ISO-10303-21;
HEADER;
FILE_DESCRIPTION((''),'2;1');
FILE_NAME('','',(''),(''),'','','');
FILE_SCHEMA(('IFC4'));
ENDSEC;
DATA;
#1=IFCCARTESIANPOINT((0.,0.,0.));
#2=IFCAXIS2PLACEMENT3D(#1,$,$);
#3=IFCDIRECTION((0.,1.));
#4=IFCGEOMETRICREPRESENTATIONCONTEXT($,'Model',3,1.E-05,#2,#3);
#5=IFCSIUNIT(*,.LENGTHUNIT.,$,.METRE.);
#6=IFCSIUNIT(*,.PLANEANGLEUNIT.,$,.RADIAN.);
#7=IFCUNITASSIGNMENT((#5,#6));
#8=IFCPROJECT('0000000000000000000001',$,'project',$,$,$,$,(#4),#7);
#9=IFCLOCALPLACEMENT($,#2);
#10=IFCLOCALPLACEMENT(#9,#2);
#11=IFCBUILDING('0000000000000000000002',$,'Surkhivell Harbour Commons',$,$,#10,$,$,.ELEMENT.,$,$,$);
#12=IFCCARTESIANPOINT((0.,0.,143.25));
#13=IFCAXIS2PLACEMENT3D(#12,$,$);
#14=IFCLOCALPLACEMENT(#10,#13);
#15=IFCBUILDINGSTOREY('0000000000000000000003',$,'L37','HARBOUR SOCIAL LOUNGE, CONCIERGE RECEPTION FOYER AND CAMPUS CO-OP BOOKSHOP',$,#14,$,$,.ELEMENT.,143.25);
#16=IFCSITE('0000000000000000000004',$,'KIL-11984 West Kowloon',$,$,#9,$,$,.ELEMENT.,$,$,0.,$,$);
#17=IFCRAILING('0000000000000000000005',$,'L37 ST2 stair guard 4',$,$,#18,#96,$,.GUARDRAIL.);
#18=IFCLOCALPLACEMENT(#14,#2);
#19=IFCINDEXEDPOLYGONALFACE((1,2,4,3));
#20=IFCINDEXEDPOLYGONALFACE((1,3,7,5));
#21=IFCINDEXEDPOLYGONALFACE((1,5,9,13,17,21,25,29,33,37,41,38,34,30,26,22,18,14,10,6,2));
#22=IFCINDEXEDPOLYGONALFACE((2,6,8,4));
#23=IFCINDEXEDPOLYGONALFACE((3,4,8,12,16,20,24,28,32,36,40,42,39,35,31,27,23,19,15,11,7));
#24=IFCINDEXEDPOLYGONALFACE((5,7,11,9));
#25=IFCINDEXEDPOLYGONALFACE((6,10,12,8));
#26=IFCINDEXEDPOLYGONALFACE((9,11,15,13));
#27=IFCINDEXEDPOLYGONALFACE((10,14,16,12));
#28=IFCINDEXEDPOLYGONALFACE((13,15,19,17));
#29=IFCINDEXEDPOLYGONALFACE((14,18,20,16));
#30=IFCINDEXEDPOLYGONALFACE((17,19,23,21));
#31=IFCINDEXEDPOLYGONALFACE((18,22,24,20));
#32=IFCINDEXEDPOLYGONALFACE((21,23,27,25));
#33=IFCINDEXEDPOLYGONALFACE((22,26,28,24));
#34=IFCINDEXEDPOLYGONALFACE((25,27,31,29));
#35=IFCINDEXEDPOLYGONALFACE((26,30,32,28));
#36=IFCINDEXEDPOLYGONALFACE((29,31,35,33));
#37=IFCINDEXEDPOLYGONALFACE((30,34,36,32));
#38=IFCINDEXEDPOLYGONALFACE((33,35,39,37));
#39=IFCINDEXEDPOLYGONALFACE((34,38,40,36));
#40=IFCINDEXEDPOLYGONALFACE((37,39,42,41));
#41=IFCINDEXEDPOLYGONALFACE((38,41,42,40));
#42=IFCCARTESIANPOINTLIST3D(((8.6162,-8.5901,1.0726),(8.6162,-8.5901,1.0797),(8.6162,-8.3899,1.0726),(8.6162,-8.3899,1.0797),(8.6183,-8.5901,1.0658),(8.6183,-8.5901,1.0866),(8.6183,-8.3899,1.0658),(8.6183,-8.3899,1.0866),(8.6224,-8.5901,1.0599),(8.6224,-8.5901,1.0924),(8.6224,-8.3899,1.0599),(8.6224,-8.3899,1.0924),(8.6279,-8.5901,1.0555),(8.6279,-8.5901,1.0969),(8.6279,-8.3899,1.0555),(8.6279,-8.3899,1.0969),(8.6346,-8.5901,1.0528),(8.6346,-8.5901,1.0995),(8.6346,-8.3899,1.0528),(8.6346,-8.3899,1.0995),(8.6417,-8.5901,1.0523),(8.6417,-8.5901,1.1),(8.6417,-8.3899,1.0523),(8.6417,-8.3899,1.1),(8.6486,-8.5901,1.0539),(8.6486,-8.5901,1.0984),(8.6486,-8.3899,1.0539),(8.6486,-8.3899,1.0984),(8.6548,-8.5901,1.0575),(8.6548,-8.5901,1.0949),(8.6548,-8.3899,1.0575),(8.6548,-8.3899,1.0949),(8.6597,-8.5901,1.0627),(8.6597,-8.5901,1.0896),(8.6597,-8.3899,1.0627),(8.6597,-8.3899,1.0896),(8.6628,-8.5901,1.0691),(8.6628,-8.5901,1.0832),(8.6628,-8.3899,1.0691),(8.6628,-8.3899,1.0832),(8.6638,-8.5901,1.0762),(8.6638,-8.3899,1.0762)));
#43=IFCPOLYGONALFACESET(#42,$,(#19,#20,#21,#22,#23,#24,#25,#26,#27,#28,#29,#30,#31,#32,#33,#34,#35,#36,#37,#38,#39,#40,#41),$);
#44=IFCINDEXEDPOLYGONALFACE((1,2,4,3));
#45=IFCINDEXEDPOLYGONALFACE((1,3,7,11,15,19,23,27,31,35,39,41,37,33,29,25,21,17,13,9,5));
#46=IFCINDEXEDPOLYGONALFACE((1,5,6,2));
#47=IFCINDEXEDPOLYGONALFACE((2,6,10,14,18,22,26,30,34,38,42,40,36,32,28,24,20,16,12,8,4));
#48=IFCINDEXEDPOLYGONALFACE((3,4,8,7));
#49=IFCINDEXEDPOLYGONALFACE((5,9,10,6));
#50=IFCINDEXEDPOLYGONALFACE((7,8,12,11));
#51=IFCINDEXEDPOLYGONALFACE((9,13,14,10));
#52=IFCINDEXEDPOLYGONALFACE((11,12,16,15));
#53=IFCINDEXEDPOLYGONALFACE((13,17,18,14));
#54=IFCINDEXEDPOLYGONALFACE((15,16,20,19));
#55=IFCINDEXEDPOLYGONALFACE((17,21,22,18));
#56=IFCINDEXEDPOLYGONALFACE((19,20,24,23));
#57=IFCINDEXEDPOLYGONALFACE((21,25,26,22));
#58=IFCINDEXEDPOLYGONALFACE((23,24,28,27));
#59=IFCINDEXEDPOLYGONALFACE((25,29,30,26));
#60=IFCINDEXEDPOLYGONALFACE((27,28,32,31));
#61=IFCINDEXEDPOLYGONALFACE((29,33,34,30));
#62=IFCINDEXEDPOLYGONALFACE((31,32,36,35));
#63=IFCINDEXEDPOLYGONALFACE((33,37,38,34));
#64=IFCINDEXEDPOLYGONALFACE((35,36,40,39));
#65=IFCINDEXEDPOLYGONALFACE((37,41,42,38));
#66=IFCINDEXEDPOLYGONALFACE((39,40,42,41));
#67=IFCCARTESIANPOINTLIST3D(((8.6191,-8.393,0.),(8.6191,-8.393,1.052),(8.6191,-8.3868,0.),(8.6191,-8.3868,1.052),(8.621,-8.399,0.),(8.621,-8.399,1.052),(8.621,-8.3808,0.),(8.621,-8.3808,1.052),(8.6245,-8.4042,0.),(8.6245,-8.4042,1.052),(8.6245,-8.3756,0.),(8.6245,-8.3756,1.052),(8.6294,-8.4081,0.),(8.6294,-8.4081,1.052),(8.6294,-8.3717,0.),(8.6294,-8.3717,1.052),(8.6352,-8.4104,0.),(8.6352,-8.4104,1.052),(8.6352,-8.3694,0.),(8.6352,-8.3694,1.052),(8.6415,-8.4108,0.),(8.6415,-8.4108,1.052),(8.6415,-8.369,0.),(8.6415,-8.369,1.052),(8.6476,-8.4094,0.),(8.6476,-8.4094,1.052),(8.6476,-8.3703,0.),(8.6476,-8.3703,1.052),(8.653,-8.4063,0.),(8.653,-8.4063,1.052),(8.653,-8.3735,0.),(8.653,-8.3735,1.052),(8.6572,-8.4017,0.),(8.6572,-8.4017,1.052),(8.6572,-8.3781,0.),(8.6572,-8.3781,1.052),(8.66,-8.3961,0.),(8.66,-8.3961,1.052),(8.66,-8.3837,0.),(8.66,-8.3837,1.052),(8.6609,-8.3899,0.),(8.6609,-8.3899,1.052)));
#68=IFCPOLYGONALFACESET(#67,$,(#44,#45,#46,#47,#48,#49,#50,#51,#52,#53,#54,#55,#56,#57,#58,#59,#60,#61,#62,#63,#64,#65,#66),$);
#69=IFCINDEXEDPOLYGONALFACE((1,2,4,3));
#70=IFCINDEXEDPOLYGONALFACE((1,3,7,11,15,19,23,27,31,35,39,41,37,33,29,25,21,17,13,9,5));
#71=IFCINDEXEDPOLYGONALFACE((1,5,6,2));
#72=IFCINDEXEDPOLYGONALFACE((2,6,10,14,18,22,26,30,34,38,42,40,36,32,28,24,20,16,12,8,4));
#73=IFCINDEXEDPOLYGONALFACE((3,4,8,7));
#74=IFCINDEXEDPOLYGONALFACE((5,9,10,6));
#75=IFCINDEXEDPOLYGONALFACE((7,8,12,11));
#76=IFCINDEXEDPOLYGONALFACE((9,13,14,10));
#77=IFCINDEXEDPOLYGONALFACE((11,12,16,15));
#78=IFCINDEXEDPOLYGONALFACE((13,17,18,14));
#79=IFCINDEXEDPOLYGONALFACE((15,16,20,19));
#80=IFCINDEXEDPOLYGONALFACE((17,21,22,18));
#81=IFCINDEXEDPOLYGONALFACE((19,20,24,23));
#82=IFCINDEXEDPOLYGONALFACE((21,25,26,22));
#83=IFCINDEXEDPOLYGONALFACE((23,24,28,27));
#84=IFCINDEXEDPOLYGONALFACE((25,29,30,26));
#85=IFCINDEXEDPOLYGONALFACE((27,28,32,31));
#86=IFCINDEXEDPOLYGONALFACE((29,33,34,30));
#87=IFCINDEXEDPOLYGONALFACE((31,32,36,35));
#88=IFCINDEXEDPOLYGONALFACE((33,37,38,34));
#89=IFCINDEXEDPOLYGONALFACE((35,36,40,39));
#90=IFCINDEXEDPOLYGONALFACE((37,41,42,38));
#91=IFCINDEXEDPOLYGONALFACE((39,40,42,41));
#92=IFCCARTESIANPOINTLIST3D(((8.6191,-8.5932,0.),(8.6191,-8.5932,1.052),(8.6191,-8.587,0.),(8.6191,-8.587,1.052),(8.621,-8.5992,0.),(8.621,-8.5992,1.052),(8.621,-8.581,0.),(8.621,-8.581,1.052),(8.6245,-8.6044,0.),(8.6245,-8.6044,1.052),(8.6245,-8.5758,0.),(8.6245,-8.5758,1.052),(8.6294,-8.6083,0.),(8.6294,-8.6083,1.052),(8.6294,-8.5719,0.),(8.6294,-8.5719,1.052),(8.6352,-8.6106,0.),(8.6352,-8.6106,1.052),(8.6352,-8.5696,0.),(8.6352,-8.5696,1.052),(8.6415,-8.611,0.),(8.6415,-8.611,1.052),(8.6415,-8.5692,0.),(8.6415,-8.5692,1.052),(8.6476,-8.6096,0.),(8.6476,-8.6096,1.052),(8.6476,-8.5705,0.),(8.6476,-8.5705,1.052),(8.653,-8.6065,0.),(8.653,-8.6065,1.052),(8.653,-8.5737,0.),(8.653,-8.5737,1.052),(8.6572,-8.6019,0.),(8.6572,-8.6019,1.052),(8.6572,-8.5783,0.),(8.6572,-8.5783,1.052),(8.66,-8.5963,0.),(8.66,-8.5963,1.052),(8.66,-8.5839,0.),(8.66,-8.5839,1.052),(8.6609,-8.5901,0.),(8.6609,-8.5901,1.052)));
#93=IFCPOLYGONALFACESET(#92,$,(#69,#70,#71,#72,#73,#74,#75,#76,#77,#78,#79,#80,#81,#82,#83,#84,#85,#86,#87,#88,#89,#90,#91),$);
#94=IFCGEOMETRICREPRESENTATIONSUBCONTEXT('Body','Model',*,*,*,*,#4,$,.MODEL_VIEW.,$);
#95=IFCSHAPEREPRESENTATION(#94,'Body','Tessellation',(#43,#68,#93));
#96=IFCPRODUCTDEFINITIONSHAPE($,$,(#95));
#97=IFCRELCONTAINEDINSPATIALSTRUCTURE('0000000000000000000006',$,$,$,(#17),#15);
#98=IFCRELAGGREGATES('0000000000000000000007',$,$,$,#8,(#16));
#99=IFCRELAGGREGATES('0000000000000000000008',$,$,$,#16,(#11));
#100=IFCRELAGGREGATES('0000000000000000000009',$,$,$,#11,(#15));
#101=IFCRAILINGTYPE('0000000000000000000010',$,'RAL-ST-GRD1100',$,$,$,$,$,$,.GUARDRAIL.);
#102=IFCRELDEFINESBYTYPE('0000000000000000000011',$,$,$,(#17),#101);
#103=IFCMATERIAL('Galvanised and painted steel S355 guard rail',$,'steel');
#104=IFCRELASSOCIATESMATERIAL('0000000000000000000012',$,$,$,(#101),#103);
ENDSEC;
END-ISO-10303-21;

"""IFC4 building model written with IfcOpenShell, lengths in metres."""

from ifc_helpers import new_model, si_unit, direction, frame, origin, origin_2d, place, context, subcontext, project, spatial, circle, extrude, material, type_object, element, save


model = new_model("IFC4")

# Units and contexts
model_context = context("Model", 3, precision=1e-05, world=origin(), true_north=direction((0.0, 1.0)))
body_context = subcontext(model_context, "Body", "Model", "MODEL_VIEW")
ifc_project = project(units=[si_unit("LENGTHUNIT", "METRE"), si_unit("PLANEANGLEUNIT", "RADIAN")], contexts=[model_context])

# Site, building, storey
site_placement = place(None, origin())
site = spatial("IfcSite", under=ifc_project, at=site_placement, Name="KIL-11984 West Kowloon", CompositionType="ELEMENT", RefElevation=0.0)
building_placement = place(site_placement, origin())
building = spatial("IfcBuilding", under=site, at=building_placement, Name="Surkhivell Harbour Commons", CompositionType="ELEMENT")
storey_placement = place(building_placement, frame((0.0, 0.0, 143.25)))
storey = spatial("IfcBuildingStorey", under=building, at=storey_placement, Name="L37", Description="HARBOUR SOCIAL LOUNGE, CONCIERGE RECEPTION FOYER AND CAMPUS CO-OP BOOKSHOP", CompositionType="ELEMENT", Elevation=143.25)

# Railing
ifc_material_1 = material(Name="Galvanised and painted steel S355 guard rail", Category="steel")
railing_type = type_object("IfcRailingType", Name="RAL-ST-GRD1100", PredefinedType="GUARDRAIL", material=ifc_material_1)
railing_1_placement = place(storey_placement, frame((8.6399, -8.3899, 0.0)))
element("IfcRailing", 1, at=railing_1_placement, inside=storey, type_object=railing_type, Name="L37 ST2 stair guard 4", PredefinedType="GUARDRAIL", context=body_context, shape_type="SweptSolid", body=[
    extrude(circle(Radius=0.0239, at=origin_2d()), frame((0.0, 0.0, 1.0762), z_axis=(0.0, -1.0, 0.0), x_axis=(1.0, 0.0, 0.0)), (0.0, 0.0, 1.0), 0.2002),
    extrude(circle(Radius=0.021, at=origin_2d()), origin(), (0.0, 0.0, 1.0), 1.052),
    extrude(circle(Radius=0.021, at=origin_2d()), frame((0.0, -0.2002, 0.0)), (0.0, 0.0, 1.0), 1.052),
])

save(model, "model.ifc")
